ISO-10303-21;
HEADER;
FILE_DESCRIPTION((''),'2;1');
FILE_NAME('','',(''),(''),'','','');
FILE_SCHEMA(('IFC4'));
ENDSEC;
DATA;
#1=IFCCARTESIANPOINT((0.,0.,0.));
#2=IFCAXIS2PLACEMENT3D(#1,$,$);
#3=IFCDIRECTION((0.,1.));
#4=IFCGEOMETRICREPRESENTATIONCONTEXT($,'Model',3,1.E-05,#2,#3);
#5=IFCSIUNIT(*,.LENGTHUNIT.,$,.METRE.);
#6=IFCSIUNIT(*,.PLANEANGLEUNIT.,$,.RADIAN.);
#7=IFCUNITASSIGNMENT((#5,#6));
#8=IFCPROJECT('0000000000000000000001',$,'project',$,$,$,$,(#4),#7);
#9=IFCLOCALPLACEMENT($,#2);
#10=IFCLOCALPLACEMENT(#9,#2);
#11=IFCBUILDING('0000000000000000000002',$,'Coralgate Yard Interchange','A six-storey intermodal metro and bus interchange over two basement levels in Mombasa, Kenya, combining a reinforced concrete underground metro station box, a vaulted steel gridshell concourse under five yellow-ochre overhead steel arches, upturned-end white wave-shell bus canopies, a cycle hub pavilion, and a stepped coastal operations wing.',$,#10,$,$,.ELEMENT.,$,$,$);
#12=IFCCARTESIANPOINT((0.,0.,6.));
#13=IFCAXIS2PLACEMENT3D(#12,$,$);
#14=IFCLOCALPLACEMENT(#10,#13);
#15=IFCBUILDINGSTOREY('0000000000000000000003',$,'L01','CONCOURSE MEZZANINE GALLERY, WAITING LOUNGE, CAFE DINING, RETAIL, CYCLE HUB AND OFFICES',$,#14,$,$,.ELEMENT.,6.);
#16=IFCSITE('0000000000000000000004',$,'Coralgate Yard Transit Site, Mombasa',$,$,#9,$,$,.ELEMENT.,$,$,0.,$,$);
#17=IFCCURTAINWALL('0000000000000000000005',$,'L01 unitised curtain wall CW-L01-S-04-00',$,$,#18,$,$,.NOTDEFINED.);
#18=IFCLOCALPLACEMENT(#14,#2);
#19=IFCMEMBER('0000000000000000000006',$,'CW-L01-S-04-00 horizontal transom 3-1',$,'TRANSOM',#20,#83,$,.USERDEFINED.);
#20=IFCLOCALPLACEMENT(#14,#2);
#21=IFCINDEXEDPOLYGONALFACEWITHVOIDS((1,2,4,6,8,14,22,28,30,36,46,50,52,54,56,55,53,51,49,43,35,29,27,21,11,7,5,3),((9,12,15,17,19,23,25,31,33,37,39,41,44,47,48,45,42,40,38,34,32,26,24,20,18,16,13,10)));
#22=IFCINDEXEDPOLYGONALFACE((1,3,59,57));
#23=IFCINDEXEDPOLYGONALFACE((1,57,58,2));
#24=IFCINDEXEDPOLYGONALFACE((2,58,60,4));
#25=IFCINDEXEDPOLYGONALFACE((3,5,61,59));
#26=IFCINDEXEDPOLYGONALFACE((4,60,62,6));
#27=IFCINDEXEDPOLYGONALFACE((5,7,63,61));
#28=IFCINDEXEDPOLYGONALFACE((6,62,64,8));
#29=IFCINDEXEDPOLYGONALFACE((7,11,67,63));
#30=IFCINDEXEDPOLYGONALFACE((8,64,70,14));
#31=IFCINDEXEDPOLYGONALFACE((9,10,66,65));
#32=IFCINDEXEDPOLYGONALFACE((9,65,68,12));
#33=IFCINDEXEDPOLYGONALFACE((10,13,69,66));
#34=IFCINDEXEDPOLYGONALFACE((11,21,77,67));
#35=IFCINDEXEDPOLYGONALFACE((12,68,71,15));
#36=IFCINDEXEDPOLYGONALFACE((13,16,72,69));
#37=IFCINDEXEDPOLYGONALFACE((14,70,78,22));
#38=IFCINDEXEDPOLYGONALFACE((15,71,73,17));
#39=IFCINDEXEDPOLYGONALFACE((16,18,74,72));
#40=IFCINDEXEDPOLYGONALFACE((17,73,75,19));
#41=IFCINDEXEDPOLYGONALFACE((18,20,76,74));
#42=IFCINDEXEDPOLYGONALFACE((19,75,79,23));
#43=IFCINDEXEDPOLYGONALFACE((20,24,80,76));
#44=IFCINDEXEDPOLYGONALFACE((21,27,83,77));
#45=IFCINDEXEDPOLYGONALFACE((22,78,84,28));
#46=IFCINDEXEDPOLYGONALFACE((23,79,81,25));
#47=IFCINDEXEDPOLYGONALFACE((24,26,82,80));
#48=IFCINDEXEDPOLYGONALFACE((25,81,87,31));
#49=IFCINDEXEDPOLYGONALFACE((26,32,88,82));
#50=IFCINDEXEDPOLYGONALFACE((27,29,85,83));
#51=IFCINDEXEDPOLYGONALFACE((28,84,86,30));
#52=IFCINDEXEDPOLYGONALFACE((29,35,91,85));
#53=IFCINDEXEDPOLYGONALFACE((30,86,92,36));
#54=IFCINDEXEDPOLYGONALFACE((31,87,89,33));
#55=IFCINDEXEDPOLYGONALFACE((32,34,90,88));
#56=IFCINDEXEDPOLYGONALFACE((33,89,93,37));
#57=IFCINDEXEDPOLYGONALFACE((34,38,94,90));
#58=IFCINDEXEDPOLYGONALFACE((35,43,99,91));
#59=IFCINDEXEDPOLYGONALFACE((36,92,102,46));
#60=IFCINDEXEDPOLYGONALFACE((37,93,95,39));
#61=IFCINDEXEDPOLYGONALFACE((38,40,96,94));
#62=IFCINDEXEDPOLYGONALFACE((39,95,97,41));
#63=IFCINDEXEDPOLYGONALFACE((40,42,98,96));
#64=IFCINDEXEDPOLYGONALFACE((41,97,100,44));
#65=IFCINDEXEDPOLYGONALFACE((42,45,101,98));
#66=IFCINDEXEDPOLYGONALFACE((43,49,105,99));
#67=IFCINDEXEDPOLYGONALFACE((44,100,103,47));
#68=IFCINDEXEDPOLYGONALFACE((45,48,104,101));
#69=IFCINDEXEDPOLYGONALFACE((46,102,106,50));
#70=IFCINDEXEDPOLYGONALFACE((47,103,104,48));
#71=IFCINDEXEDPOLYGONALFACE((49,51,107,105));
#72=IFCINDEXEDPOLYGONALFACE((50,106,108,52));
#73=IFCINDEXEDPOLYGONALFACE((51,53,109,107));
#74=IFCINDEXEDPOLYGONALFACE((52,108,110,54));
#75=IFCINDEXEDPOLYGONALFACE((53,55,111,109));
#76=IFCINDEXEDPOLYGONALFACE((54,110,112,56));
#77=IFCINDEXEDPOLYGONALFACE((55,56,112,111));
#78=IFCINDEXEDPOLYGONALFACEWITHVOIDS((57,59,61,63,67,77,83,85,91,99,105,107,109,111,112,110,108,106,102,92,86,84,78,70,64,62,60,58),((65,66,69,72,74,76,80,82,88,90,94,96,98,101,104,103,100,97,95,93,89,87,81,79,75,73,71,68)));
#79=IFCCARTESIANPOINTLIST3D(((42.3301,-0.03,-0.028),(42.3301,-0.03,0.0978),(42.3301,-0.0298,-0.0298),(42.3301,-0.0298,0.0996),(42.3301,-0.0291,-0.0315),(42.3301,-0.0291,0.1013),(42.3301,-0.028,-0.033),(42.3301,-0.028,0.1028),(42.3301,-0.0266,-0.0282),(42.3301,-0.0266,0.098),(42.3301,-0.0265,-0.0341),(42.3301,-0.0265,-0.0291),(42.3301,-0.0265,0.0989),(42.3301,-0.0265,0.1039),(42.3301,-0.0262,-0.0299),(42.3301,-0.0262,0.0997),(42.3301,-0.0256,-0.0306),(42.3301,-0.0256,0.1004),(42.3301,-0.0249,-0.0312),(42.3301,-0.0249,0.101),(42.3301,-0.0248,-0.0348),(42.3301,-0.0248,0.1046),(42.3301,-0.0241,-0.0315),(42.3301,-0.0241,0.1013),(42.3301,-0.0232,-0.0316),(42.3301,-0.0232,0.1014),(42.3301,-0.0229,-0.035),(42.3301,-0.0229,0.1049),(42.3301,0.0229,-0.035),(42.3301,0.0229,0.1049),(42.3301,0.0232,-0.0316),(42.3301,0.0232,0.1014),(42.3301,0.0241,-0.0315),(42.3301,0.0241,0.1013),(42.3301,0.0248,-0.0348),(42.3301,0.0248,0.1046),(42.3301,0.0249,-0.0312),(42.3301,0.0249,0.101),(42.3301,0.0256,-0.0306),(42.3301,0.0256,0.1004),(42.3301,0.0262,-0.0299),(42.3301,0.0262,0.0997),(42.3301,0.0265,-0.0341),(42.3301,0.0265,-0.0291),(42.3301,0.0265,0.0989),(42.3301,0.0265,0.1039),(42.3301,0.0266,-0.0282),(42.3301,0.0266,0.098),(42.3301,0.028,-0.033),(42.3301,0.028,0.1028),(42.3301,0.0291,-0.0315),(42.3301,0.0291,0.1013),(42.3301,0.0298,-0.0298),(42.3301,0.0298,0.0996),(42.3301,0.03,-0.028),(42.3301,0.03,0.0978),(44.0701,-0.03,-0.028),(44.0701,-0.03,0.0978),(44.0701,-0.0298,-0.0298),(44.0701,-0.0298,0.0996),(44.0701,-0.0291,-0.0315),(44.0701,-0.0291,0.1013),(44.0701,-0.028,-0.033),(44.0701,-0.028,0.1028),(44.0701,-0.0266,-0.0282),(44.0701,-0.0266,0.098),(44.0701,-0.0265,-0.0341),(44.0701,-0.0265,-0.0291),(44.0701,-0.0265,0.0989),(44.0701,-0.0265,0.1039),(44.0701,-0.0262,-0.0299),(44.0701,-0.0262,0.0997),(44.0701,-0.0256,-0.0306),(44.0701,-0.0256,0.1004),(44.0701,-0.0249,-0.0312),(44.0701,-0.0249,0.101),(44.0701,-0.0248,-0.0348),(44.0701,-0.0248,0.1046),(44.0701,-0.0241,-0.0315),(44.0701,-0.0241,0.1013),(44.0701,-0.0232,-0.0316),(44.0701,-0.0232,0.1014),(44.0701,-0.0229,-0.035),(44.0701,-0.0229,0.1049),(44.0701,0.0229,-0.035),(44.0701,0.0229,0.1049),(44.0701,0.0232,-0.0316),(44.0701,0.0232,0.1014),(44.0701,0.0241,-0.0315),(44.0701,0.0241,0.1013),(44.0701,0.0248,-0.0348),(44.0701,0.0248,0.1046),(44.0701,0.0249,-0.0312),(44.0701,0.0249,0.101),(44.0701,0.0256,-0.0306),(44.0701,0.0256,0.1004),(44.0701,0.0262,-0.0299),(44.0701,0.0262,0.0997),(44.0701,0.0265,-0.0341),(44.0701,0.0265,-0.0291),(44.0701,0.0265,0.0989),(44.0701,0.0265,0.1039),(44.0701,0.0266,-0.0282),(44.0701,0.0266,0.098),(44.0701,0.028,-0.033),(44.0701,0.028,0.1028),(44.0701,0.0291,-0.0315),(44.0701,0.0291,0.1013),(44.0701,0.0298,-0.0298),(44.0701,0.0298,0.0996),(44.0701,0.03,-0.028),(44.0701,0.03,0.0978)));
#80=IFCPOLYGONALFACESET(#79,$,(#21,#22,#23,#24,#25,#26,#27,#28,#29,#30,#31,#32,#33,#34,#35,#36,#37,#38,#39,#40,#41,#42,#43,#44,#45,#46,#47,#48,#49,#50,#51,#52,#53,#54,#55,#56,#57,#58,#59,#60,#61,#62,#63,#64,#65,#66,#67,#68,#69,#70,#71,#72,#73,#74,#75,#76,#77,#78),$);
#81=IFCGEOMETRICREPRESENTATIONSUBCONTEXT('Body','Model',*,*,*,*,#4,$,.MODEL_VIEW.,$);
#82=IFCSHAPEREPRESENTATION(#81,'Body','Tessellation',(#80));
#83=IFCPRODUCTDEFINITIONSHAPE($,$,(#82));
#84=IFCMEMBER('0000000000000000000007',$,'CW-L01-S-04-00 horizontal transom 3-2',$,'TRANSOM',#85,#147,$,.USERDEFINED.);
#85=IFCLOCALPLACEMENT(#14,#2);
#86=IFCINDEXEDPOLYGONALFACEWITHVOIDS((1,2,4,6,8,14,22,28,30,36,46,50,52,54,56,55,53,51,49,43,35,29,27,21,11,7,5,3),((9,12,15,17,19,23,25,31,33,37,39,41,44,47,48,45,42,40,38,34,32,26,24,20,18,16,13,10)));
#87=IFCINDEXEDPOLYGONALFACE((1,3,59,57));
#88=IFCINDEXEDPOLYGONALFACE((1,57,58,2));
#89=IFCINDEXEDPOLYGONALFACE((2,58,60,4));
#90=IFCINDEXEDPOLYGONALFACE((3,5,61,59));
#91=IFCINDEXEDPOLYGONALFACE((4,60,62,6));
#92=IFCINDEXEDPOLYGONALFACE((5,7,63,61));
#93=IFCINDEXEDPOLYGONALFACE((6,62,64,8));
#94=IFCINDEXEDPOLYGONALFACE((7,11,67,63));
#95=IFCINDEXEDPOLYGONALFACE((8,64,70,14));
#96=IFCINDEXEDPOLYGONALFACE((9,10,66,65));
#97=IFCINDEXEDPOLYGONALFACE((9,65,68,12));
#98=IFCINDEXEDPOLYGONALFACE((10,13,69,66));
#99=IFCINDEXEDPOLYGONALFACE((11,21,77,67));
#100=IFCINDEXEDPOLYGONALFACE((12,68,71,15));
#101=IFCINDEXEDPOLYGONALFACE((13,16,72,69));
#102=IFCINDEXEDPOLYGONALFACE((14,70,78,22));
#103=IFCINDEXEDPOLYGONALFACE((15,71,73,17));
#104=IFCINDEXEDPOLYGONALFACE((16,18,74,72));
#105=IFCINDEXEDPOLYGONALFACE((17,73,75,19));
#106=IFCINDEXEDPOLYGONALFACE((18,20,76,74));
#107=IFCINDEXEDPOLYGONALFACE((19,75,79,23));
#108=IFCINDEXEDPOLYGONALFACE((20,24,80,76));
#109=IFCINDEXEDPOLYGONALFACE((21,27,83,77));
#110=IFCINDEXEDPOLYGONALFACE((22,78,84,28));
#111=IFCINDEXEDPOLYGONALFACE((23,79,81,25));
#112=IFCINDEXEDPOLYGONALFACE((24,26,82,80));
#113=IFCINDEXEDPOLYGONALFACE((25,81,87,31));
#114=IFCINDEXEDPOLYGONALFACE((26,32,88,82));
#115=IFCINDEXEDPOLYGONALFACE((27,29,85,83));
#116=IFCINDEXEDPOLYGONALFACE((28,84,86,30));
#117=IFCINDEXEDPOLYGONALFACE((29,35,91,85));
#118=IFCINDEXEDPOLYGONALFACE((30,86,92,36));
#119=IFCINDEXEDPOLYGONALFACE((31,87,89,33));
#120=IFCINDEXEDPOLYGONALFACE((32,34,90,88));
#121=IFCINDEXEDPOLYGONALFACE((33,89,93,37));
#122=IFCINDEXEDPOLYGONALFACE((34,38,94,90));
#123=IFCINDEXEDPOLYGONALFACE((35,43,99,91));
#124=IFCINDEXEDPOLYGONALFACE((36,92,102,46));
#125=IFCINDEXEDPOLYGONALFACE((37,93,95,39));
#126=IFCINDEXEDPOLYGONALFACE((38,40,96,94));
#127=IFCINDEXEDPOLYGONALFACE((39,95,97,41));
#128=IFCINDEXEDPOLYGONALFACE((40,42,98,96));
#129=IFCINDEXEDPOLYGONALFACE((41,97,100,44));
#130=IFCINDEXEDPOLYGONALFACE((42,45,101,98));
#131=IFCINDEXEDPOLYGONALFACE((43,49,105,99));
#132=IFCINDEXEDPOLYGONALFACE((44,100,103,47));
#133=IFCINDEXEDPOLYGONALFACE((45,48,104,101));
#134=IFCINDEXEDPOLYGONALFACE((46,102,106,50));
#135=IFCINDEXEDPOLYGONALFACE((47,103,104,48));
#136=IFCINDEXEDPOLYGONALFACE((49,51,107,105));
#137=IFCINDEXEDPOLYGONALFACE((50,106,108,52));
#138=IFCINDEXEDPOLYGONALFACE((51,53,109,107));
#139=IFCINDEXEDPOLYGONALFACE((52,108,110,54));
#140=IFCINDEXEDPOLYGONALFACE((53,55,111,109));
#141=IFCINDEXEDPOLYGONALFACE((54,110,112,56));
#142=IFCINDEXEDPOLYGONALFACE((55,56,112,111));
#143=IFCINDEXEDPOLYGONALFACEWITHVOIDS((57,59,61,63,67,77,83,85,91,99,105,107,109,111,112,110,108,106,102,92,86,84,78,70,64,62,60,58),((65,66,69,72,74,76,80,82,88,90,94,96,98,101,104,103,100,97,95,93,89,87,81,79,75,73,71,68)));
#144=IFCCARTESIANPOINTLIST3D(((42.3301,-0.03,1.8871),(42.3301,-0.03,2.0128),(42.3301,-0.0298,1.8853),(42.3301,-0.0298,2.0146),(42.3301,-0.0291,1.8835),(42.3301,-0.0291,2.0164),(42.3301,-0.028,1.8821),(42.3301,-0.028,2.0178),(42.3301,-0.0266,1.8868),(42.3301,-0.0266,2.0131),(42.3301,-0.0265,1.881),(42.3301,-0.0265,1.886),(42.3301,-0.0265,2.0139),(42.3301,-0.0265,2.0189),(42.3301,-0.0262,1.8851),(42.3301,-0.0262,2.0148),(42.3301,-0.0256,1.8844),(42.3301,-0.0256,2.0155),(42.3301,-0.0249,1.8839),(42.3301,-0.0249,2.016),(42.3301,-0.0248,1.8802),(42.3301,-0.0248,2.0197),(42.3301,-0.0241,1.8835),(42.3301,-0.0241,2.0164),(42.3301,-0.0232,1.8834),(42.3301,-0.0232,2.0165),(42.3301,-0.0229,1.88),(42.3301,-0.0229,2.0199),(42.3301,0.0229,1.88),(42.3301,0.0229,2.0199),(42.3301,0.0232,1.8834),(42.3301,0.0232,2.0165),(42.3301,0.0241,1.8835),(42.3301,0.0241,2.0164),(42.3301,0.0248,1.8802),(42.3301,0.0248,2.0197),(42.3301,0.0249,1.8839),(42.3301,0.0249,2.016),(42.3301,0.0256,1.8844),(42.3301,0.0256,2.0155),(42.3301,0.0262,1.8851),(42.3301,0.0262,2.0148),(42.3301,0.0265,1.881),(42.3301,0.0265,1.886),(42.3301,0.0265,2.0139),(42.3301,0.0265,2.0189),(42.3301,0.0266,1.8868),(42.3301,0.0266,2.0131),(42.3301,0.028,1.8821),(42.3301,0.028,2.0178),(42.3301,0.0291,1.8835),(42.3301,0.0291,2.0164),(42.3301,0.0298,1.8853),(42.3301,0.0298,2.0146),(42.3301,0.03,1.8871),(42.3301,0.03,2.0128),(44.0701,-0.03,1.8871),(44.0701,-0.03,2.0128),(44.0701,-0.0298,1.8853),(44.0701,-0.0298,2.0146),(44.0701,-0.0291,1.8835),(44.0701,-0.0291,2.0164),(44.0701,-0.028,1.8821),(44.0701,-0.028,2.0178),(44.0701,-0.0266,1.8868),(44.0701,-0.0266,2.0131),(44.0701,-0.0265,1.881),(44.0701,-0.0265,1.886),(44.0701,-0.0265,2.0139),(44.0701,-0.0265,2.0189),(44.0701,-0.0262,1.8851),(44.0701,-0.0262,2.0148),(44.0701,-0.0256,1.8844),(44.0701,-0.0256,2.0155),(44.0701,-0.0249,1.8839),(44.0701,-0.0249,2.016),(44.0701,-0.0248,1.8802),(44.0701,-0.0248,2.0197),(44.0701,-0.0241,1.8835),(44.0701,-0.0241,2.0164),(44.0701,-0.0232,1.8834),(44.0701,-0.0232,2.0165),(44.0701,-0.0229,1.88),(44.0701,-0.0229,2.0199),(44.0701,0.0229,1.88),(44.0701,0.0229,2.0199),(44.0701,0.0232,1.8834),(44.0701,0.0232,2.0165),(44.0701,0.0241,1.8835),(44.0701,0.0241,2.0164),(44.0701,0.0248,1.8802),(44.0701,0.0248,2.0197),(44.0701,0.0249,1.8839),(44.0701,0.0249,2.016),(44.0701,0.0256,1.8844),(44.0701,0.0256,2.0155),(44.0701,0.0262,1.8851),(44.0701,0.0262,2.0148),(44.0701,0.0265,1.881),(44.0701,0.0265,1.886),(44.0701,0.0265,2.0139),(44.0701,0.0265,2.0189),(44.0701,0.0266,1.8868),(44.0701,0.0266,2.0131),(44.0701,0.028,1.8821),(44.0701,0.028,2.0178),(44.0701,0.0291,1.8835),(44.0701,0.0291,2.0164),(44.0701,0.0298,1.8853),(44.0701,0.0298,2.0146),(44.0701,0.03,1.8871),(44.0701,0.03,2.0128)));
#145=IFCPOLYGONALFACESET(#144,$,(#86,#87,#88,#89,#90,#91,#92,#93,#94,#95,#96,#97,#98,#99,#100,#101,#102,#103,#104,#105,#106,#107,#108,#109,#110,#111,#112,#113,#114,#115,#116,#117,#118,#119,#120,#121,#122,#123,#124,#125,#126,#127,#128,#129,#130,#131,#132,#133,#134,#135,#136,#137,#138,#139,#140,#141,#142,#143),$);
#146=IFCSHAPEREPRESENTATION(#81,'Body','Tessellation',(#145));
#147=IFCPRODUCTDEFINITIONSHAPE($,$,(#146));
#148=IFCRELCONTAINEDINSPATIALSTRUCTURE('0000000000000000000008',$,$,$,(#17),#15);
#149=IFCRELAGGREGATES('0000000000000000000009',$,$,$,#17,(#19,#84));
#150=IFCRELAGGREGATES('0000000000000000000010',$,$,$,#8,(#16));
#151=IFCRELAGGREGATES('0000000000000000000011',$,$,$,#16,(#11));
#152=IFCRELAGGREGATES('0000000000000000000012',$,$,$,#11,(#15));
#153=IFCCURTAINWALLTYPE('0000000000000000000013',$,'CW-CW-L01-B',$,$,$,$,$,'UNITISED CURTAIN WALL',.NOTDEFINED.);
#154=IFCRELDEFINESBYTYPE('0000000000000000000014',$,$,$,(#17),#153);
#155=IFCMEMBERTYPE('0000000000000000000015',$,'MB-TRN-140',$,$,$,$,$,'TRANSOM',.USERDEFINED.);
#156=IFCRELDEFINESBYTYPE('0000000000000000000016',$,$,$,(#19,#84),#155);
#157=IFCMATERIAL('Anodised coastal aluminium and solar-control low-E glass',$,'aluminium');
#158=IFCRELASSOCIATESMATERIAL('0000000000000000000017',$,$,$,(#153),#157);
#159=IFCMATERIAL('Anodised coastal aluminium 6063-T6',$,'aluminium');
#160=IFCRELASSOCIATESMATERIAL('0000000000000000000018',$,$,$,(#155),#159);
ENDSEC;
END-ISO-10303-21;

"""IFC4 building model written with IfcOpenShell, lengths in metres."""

from ifc_helpers import new_model, si_unit, direction, frame, origin, origin_2d, place, context, subcontext, project, spatial, hollow_rectangle, extrude, material, material_profile, profile_set, type_object, element, aggregate, save


model = new_model("IFC4")

# Units and contexts
model_context = context("Model", 3, precision=1e-05, world=origin(), true_north=direction((0.0, 1.0)))
body_context = subcontext(model_context, "Body", "Model", "MODEL_VIEW")
ifc_project = project(units=[si_unit("LENGTHUNIT", "METRE"), si_unit("PLANEANGLEUNIT", "RADIAN")], contexts=[model_context])

# Site, building, storey
site_placement = place(None, origin())
site = spatial("IfcSite", under=ifc_project, at=site_placement, Name="Coralgate Yard Transit Site, Mombasa", CompositionType="ELEMENT", RefElevation=0.0)
building_placement = place(site_placement, origin())
building = spatial("IfcBuilding", under=site, at=building_placement, Name="Coralgate Yard Interchange", Description="A six-storey intermodal metro and bus interchange over two basement levels in Mombasa, Kenya, combining a reinforced concrete underground metro station box, a vaulted steel gridshell concourse under five yellow-ochre overhead steel arches, upturned-end white wave-shell bus canopies, a cycle hub pavilion, and a stepped coastal operations wing.", CompositionType="ELEMENT")
storey_placement = place(building_placement, frame((0.0, 0.0, 6.0)))
storey = spatial("IfcBuildingStorey", under=building, at=storey_placement, Name="L01", Description="CONCOURSE MEZZANINE GALLERY, WAITING LOUNGE, CAFE DINING, RETAIL, CYCLE HUB AND OFFICES", CompositionType="ELEMENT", Elevation=6.0)

# Curtain wall, members
ifc_material_1 = material(Name="Anodised coastal aluminium and solar-control low-E glass", Category="aluminium")
curtain_wall_type = type_object("IfcCurtainWallType", Name="CW-CW-L01-B", ElementType="UNITISED CURTAIN WALL", PredefinedType="NOTDEFINED", material=ifc_material_1)
curtain_wall_placement = place(storey_placement, origin())
curtain_wall = element("IfcCurtainWall", 1, at=curtain_wall_placement, inside=storey, type_object=curtain_wall_type, Name="L01 unitised curtain wall CW-L01-S-04-00", PredefinedType="NOTDEFINED")
ifc_material_2 = material(Name="Anodised coastal aluminium 6063-T6", Category="aluminium")
ifc_material_profile_1 = material_profile(ifc_material_2, hollow_rectangle(XDim=0.0601, YDim=0.1399, WallThickness=0.0034, InnerFilletRadius=0.0034, OuterFilletRadius=0.0071, at=origin_2d()), Name="ALU 60x140x3.5")
ifc_profile_set_1 = profile_set([ifc_material_profile_1], Name="Anodised coastal aluminium 6063-T6")
member_type_1 = type_object("IfcMemberType", Name="MB-TRN-140", ElementType="TRANSOM", PredefinedType="USERDEFINED", material=ifc_profile_set_1)
member_1_placement = place(storey_placement, frame((44.0701, 0.0, 0.0349), z_axis=(-1.0, 0.0, 0.0), x_axis=(0.0, -1.0, 0.0)))
member_1 = element("IfcMember", 2, at=member_1_placement, type_object=member_type_1, Name="CW-L01-S-04-00 horizontal transom 3-1", ObjectType="TRANSOM", PredefinedType="USERDEFINED", context=body_context, shape_type="SweptSolid", body=[
    extrude(hollow_rectangle(XDim=0.0601, YDim=0.1399, WallThickness=0.0034, InnerFilletRadius=0.0034, OuterFilletRadius=0.0071, at=origin_2d()), origin(), (0.0, 0.0, 1.0), 1.74),
])
member_2_placement = place(storey_placement, frame((44.0701, 0.0, 1.95), z_axis=(-1.0, 0.0, 0.0), x_axis=(0.0, -1.0, 0.0)))
member_2 = element("IfcMember", 3, at=member_2_placement, type_object=member_type_1, Name="CW-L01-S-04-00 horizontal transom 3-2", ObjectType="TRANSOM", PredefinedType="USERDEFINED", context=body_context, shape_type="SweptSolid", body=[
    extrude(hollow_rectangle(XDim=0.0601, YDim=0.1399, WallThickness=0.0034, InnerFilletRadius=0.0034, OuterFilletRadius=0.0071, at=origin_2d()), origin(), (0.0, 0.0, 1.0), 1.74),
])
aggregate(curtain_wall, [member_1, member_2])

save(model, "model.ifc")
